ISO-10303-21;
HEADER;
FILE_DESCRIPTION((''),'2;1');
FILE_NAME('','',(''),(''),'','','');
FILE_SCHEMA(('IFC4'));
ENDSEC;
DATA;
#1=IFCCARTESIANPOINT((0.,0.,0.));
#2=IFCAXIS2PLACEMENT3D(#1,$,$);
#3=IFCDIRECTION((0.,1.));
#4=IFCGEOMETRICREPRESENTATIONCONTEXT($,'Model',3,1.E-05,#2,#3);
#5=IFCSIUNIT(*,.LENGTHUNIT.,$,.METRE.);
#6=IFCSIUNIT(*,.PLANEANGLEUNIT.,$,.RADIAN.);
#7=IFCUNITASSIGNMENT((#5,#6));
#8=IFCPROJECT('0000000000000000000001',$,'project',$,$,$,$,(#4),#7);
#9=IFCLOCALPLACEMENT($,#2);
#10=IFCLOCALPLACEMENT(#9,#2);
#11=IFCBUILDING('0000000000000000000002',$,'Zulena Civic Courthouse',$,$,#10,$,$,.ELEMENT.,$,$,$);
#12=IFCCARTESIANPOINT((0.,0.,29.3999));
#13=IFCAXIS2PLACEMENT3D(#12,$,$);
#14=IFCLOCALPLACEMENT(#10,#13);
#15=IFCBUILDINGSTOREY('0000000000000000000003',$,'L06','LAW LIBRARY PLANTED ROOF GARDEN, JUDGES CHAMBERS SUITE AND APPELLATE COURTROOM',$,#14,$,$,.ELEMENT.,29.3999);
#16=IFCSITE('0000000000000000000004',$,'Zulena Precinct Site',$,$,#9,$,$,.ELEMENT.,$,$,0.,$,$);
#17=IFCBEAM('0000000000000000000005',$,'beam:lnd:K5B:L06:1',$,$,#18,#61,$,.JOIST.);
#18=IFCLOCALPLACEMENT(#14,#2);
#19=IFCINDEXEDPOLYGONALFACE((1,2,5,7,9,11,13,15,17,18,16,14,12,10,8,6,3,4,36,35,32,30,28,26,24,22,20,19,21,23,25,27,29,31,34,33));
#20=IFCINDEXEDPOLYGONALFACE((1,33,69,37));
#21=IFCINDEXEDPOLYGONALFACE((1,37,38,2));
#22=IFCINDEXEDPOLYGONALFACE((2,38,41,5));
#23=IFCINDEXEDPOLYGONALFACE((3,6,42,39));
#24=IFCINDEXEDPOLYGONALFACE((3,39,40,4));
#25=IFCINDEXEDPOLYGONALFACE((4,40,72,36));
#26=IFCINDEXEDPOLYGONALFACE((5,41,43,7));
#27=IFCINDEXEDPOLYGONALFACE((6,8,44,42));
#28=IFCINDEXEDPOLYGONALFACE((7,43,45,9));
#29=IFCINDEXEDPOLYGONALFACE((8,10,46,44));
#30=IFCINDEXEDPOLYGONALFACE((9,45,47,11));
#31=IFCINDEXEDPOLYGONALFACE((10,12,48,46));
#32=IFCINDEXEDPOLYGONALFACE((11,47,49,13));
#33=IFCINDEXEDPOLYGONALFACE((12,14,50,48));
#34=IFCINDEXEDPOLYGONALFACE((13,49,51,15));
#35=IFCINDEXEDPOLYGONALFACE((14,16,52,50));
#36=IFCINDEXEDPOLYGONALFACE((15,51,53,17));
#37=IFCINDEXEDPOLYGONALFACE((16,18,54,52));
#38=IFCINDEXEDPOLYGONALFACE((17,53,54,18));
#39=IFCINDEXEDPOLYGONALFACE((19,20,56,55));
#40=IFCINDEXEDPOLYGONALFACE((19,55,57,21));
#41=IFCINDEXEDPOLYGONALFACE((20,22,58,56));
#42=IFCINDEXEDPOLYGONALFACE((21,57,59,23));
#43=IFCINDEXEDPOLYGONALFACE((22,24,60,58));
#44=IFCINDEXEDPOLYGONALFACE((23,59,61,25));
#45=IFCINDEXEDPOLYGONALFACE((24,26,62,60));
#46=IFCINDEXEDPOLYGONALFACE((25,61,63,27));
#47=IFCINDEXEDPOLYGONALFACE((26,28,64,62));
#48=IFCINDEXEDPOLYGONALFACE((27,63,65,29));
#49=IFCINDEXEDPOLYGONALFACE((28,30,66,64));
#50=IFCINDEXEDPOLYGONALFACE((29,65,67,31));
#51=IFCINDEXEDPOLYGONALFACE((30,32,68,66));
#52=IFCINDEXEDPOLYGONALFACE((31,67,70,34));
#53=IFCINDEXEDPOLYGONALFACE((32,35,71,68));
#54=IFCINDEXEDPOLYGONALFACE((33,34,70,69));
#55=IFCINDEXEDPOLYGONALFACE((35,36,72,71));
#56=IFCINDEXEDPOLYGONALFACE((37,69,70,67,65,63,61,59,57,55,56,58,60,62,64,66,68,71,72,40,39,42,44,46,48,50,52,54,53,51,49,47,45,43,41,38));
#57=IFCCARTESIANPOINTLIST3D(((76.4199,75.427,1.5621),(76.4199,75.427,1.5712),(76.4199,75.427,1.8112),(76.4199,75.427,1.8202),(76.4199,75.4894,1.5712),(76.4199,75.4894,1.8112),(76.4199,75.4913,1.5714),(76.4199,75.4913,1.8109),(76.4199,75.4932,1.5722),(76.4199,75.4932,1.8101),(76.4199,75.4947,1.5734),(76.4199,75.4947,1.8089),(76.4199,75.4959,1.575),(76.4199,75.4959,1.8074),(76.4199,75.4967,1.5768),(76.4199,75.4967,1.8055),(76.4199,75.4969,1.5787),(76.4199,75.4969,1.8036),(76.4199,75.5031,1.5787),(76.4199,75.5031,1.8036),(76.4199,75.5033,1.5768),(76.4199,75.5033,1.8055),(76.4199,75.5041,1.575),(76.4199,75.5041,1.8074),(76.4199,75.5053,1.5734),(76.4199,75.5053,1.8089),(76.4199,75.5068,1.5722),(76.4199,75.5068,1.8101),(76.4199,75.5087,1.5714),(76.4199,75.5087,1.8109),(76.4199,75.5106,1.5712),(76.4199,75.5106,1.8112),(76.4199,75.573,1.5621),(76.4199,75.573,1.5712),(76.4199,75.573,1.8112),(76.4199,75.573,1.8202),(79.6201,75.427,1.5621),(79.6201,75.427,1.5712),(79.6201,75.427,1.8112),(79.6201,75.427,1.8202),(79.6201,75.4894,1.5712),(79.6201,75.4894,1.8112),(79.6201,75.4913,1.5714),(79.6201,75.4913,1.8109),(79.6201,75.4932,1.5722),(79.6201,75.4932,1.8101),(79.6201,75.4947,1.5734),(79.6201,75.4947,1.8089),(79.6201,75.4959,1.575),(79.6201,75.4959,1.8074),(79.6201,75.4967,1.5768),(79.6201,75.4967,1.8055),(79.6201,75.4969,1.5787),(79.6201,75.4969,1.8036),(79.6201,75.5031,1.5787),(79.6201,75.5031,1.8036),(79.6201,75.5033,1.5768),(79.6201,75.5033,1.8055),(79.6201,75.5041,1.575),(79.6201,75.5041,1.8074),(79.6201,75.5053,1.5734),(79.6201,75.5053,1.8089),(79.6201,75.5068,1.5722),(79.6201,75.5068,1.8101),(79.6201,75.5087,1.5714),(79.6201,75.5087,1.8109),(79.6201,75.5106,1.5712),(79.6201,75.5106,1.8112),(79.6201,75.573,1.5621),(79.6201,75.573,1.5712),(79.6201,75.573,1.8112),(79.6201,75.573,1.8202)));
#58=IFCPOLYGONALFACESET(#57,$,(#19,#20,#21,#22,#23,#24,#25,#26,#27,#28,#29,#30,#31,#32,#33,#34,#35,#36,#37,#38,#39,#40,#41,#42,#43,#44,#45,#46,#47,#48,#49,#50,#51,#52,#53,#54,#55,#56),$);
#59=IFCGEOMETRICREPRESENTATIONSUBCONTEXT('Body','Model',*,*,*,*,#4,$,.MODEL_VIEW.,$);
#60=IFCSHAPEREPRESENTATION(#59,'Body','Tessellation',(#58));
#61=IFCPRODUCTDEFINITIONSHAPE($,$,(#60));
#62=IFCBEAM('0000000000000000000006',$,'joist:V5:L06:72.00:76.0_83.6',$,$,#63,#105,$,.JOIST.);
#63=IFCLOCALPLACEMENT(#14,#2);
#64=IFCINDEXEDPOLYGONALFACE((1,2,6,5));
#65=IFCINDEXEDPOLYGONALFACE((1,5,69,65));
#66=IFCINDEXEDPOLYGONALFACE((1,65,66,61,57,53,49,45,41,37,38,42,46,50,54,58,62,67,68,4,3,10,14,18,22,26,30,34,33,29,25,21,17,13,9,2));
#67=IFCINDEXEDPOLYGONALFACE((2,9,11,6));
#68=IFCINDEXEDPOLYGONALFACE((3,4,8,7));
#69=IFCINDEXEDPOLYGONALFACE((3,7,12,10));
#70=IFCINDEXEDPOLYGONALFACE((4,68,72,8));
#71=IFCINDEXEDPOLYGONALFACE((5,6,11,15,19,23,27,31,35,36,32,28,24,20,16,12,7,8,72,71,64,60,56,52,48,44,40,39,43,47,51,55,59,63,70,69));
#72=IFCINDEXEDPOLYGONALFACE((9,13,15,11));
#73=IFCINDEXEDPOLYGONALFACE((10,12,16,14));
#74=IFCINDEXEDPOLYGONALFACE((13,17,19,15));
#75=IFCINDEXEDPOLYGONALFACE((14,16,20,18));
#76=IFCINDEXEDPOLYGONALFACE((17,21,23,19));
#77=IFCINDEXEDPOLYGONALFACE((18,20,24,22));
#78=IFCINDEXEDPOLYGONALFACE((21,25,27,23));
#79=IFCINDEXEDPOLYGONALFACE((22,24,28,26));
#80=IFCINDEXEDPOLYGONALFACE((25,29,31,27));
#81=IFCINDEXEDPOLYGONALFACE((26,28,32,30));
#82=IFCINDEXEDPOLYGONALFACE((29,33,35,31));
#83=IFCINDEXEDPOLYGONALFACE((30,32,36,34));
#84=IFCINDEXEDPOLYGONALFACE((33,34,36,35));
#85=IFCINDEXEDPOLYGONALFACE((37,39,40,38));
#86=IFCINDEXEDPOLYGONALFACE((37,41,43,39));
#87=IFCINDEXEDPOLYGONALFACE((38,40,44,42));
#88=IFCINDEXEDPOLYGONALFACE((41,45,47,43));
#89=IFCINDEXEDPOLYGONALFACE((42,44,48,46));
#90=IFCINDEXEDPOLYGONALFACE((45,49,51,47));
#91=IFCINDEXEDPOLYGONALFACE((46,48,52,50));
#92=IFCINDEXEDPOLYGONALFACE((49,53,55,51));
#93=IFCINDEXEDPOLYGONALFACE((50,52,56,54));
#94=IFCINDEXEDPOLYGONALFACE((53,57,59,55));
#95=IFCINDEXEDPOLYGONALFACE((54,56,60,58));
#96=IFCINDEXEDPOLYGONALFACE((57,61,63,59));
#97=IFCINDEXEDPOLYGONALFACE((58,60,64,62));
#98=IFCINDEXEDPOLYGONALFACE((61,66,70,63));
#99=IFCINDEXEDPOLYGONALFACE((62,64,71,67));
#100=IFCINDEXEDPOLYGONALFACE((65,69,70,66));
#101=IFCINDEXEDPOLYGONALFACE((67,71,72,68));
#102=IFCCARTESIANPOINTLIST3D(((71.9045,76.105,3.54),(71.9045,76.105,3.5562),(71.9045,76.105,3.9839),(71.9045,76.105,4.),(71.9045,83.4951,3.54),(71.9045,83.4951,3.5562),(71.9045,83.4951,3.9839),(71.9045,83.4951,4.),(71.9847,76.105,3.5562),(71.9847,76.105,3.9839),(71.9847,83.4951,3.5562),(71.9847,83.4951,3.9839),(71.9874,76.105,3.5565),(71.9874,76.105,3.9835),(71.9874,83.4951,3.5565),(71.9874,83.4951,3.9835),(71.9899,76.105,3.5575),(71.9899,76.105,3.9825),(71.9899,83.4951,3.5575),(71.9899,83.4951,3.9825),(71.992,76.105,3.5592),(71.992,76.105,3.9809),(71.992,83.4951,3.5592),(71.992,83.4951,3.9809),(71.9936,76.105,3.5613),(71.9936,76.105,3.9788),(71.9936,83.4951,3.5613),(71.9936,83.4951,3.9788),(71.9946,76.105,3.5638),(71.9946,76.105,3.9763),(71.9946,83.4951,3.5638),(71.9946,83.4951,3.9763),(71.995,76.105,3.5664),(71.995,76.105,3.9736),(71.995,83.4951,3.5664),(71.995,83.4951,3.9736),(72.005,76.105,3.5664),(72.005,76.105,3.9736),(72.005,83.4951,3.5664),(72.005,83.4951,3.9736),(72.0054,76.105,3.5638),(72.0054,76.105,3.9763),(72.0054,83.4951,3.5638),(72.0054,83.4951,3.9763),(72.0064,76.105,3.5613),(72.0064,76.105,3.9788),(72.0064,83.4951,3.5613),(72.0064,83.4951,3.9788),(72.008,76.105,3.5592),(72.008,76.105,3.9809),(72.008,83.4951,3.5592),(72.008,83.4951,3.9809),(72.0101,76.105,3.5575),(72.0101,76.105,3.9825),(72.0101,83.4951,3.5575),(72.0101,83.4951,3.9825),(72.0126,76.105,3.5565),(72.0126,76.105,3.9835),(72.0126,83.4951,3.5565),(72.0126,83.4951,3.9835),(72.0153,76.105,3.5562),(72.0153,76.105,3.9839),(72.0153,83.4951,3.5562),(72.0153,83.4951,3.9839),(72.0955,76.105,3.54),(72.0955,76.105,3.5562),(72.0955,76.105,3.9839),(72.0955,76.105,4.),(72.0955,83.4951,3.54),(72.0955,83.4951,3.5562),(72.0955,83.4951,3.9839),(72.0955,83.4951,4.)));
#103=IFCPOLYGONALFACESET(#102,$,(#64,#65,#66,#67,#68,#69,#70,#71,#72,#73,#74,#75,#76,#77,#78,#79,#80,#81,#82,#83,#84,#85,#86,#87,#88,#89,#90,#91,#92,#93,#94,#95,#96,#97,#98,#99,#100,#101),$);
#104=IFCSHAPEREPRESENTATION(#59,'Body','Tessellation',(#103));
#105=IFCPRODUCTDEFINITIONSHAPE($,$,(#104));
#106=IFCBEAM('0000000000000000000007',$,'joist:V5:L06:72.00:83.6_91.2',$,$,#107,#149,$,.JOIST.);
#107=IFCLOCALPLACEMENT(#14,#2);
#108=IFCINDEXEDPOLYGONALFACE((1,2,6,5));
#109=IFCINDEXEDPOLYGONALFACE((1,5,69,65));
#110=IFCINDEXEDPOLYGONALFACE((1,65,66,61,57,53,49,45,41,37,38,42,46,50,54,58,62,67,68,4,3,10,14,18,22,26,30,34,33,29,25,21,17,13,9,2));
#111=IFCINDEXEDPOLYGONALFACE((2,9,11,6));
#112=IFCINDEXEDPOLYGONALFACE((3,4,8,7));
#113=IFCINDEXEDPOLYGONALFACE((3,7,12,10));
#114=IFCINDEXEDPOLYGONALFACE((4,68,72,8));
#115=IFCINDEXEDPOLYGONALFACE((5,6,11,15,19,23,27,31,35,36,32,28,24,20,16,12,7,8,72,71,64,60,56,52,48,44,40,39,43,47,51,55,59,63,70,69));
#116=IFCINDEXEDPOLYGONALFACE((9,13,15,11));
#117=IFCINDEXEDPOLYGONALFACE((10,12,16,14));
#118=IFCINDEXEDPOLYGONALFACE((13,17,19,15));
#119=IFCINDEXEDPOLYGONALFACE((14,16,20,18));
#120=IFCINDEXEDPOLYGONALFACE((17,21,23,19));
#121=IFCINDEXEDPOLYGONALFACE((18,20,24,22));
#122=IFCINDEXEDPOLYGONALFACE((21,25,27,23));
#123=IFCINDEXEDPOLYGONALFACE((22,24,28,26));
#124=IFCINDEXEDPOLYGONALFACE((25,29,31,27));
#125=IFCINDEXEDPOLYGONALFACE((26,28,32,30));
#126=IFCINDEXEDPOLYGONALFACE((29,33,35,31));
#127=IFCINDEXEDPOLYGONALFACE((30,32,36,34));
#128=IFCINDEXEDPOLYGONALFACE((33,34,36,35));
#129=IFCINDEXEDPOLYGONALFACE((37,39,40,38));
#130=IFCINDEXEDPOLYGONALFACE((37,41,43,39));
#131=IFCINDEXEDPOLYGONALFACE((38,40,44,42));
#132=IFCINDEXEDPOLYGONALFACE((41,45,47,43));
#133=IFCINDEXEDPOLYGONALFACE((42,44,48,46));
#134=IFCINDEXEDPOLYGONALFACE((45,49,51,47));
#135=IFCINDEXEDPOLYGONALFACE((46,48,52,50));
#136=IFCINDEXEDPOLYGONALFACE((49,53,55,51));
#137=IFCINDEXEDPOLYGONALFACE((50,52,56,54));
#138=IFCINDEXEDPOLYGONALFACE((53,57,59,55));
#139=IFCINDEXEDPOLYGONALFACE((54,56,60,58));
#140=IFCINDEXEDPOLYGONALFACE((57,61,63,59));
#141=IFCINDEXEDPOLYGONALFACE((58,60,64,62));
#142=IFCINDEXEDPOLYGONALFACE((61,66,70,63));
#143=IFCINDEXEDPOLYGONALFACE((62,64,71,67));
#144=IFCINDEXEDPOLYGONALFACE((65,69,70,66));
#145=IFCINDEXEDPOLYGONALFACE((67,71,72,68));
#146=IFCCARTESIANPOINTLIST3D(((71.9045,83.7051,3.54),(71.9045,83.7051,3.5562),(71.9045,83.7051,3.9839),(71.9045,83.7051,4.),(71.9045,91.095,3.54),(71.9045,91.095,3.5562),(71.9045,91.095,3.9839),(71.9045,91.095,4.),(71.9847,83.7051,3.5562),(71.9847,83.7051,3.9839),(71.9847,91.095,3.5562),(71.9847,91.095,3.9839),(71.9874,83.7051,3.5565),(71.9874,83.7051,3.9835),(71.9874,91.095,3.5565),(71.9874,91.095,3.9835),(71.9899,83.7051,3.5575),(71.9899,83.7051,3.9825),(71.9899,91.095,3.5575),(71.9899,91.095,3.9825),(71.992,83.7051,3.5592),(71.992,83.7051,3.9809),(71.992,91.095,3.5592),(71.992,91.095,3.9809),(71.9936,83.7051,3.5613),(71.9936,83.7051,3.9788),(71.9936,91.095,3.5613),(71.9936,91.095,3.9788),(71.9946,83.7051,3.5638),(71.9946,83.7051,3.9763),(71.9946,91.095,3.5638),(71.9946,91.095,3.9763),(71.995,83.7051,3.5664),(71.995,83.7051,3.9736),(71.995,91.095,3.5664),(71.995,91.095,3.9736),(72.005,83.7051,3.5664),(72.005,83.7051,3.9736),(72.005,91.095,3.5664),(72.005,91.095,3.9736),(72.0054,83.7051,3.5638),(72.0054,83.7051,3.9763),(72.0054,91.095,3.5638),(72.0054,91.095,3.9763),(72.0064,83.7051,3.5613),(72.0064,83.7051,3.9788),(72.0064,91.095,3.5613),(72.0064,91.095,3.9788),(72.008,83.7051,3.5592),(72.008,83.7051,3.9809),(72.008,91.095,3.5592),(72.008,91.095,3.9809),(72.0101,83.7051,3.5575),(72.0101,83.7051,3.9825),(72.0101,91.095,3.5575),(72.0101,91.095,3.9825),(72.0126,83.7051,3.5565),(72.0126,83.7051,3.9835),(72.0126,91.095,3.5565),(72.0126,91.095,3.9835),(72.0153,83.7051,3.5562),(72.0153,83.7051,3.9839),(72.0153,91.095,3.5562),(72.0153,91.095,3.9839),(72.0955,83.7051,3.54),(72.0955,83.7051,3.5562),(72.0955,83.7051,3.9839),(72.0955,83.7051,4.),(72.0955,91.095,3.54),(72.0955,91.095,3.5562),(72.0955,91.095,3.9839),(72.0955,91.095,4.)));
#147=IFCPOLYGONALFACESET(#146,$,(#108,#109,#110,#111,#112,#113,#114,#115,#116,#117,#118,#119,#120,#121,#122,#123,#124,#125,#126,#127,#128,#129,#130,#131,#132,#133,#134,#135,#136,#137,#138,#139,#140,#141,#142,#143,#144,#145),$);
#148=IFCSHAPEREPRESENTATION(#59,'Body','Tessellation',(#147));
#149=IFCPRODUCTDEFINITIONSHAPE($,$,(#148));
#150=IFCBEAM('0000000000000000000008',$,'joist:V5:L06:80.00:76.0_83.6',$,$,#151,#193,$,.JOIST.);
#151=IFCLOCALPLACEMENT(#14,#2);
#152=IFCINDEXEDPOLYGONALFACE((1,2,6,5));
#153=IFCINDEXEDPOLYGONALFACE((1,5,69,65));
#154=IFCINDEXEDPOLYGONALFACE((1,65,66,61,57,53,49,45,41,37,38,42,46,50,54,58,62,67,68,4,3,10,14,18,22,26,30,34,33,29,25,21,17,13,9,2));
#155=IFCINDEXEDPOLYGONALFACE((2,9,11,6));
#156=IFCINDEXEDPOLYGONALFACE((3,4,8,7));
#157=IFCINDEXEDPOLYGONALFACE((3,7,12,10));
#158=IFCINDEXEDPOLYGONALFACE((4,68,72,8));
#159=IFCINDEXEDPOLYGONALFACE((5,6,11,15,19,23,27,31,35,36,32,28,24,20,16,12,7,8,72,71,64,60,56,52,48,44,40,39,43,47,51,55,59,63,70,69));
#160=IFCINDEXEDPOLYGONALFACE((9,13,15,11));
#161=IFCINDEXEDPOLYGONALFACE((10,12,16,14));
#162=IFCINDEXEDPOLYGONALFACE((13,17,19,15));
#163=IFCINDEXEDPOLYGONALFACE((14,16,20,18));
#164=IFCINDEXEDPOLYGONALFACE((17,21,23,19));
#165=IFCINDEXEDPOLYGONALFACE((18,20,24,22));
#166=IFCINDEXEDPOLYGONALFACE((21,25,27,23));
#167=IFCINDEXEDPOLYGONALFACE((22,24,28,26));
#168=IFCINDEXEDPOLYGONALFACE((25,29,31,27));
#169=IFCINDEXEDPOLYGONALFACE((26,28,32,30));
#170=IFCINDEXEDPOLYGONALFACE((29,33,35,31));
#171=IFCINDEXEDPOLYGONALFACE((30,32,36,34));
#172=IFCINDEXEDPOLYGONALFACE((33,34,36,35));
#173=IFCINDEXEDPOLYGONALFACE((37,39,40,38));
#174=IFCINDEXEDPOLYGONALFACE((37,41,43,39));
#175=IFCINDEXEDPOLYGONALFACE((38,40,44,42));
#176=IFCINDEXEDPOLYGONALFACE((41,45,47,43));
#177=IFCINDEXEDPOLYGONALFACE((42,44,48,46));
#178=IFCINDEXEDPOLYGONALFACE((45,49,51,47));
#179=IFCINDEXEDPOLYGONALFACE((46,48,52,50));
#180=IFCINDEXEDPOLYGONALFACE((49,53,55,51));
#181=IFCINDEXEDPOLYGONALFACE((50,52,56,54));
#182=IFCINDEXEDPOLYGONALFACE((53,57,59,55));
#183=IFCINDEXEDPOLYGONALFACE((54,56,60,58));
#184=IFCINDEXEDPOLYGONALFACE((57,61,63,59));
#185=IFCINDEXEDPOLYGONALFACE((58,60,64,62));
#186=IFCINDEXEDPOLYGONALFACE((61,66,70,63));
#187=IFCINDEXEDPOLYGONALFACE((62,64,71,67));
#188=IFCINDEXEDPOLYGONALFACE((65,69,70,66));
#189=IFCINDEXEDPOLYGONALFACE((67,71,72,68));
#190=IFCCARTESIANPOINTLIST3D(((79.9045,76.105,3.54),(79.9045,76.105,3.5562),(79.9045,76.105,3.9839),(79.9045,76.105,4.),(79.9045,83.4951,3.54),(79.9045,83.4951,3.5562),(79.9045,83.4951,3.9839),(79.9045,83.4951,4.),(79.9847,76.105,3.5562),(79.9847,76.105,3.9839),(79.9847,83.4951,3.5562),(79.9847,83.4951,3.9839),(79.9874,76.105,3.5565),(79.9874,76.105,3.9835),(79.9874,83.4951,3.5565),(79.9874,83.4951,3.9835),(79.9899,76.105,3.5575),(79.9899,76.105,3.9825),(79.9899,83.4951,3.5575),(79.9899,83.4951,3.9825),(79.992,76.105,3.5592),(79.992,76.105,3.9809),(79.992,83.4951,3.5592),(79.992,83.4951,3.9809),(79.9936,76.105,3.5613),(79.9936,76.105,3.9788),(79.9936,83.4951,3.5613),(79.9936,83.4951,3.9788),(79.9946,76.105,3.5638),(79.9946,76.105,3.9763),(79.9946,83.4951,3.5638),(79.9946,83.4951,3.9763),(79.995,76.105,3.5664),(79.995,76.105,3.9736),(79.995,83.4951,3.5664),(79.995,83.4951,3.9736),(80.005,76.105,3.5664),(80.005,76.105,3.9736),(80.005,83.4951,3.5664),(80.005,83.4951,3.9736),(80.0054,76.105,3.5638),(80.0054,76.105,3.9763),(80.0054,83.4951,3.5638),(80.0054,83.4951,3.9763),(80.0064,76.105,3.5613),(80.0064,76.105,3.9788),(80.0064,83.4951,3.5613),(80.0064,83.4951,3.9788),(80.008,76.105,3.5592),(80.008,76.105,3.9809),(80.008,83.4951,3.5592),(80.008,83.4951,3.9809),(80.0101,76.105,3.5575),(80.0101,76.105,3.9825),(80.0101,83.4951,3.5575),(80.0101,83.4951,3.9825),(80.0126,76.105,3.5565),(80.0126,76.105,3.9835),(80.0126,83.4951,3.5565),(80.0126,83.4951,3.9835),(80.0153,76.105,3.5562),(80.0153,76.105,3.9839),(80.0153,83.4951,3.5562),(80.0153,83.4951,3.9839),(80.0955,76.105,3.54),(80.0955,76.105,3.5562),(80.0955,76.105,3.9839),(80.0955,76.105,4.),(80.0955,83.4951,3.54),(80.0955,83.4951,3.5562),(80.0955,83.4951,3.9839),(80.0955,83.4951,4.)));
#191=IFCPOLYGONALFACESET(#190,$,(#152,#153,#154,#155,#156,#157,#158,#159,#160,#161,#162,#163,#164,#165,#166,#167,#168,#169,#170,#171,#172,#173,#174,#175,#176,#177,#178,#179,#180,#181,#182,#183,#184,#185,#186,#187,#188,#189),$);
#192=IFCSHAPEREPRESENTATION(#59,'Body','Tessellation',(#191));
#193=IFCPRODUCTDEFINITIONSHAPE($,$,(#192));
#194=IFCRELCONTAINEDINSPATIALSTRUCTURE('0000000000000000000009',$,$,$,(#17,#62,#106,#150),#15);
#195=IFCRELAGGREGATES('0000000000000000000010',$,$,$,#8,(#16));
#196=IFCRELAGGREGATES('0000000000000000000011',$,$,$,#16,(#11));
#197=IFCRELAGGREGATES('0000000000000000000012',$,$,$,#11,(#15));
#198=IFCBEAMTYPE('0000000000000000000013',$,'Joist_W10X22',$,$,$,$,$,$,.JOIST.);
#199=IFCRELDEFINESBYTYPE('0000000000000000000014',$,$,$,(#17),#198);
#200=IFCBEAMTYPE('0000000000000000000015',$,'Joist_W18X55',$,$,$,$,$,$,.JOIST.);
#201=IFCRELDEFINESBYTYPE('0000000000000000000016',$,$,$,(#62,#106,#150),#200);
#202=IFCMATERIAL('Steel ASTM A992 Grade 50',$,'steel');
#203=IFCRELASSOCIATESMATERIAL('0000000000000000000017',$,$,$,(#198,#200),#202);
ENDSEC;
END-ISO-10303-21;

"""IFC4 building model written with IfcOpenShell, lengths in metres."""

from ifc_helpers import new_model, si_unit, direction, frame, origin, origin_2d, place, context, subcontext, project, spatial, i_section, extrude, material, material_profile, profile_set, type_object, element, save


model = new_model("IFC4")

# Units and contexts
model_context = context("Model", 3, precision=1e-05, world=origin(), true_north=direction((0.0, 1.0)))
body_context = subcontext(model_context, "Body", "Model", "MODEL_VIEW")
ifc_project = project(units=[si_unit("LENGTHUNIT", "METRE"), si_unit("PLANEANGLEUNIT", "RADIAN")], contexts=[model_context])

# Site, building, storey
site_placement = place(None, origin())
site = spatial("IfcSite", under=ifc_project, at=site_placement, Name="Zulena Precinct Site", CompositionType="ELEMENT", RefElevation=0.0)
building_placement = place(site_placement, origin())
building = spatial("IfcBuilding", under=site, at=building_placement, Name="Zulena Civic Courthouse", CompositionType="ELEMENT")
storey_placement = place(building_placement, frame((0.0, 0.0, 29.3999)))
storey = spatial("IfcBuildingStorey", under=building, at=storey_placement, Name="L06", Description="LAW LIBRARY PLANTED ROOF GARDEN, JUDGES CHAMBERS SUITE AND APPELLATE COURTROOM", CompositionType="ELEMENT", Elevation=29.3999)

# Shared definitions
ifc_material_1 = material(Name="Steel ASTM A992 Grade 50", Category="steel")

# Beams
ifc_material_profile_1 = material_profile(ifc_material_1, i_section(OverallWidth=0.146, OverallDepth=0.2581, WebThickness=0.0061, FlangeThickness=0.009, FilletRadius=0.0076, at=origin_2d()), Name="W10X22")
ifc_profile_set_1 = profile_set([ifc_material_profile_1], Name="Steel ASTM A992 Grade 50")
beam_type_1 = type_object("IfcBeamType", Name="Joist_W10X22", PredefinedType="JOIST", material=ifc_profile_set_1)
beam_1_placement = place(storey_placement, frame((76.4199, 75.5, 1.6912), z_axis=(1.0, 0.0, 0.0), x_axis=(0.0, 1.0, 0.0)))
element("IfcBeam", 1, at=beam_1_placement, inside=storey, type_object=beam_type_1, Name="beam:lnd:K5B:L06:1", PredefinedType="JOIST", context=body_context, shape_type="SweptSolid", body=[
    extrude(i_section(OverallWidth=0.146, OverallDepth=0.2581, WebThickness=0.0061, FlangeThickness=0.009, FilletRadius=0.0076, at=origin_2d()), origin(), (0.0, 0.0, 1.0), 3.2002),
])
ifc_material_profile_2 = material_profile(ifc_material_1, i_section(OverallWidth=0.1909, OverallDepth=0.46, WebThickness=0.01, FlangeThickness=0.0161, FilletRadius=0.0103, at=origin_2d()), Name="W18X55")
ifc_profile_set_2 = profile_set([ifc_material_profile_2], Name="Steel ASTM A992 Grade 50")
beam_type_2 = type_object("IfcBeamType", Name="Joist_W18X55", PredefinedType="JOIST", material=ifc_profile_set_2)
beam_2_placement = place(storey_placement, frame((72.0, 76.105, 3.77), z_axis=(0.0, 1.0, 0.0), x_axis=(-1.0, 0.0, 0.0)))
element("IfcBeam", 2, at=beam_2_placement, inside=storey, type_object=beam_type_2, Name="joist:V5:L06:72.00:76.0_83.6", PredefinedType="JOIST", context=body_context, shape_type="SweptSolid", body=[
    extrude(i_section(OverallWidth=0.1909, OverallDepth=0.46, WebThickness=0.01, FlangeThickness=0.0161, FilletRadius=0.0103, at=origin_2d()), origin(), (0.0, 0.0, 1.0), 7.3901),
])
beam_3_placement = place(storey_placement, frame((72.0, 83.7051, 3.77), z_axis=(0.0, 1.0, 0.0), x_axis=(-1.0, 0.0, 0.0)))
element("IfcBeam", 3, at=beam_3_placement, inside=storey, type_object=beam_type_2, Name="joist:V5:L06:72.00:83.6_91.2", PredefinedType="JOIST", context=body_context, shape_type="SweptSolid", body=[
    extrude(i_section(OverallWidth=0.1909, OverallDepth=0.46, WebThickness=0.01, FlangeThickness=0.0161, FilletRadius=0.0103, at=origin_2d()), origin(), (0.0, 0.0, 1.0), 7.3899),
])
beam_4_placement = place(storey_placement, frame((80.0, 76.105, 3.77), z_axis=(0.0, 1.0, 0.0), x_axis=(-1.0, 0.0, 0.0)))
element("IfcBeam", 4, at=beam_4_placement, inside=storey, type_object=beam_type_2, Name="joist:V5:L06:80.00:76.0_83.6", PredefinedType="JOIST", context=body_context, shape_type="SweptSolid", body=[
    extrude(i_section(OverallWidth=0.1909, OverallDepth=0.46, WebThickness=0.01, FlangeThickness=0.0161, FilletRadius=0.0103, at=origin_2d()), origin(), (0.0, 0.0, 1.0), 7.3901),
])

save(model, "model.ifc")
